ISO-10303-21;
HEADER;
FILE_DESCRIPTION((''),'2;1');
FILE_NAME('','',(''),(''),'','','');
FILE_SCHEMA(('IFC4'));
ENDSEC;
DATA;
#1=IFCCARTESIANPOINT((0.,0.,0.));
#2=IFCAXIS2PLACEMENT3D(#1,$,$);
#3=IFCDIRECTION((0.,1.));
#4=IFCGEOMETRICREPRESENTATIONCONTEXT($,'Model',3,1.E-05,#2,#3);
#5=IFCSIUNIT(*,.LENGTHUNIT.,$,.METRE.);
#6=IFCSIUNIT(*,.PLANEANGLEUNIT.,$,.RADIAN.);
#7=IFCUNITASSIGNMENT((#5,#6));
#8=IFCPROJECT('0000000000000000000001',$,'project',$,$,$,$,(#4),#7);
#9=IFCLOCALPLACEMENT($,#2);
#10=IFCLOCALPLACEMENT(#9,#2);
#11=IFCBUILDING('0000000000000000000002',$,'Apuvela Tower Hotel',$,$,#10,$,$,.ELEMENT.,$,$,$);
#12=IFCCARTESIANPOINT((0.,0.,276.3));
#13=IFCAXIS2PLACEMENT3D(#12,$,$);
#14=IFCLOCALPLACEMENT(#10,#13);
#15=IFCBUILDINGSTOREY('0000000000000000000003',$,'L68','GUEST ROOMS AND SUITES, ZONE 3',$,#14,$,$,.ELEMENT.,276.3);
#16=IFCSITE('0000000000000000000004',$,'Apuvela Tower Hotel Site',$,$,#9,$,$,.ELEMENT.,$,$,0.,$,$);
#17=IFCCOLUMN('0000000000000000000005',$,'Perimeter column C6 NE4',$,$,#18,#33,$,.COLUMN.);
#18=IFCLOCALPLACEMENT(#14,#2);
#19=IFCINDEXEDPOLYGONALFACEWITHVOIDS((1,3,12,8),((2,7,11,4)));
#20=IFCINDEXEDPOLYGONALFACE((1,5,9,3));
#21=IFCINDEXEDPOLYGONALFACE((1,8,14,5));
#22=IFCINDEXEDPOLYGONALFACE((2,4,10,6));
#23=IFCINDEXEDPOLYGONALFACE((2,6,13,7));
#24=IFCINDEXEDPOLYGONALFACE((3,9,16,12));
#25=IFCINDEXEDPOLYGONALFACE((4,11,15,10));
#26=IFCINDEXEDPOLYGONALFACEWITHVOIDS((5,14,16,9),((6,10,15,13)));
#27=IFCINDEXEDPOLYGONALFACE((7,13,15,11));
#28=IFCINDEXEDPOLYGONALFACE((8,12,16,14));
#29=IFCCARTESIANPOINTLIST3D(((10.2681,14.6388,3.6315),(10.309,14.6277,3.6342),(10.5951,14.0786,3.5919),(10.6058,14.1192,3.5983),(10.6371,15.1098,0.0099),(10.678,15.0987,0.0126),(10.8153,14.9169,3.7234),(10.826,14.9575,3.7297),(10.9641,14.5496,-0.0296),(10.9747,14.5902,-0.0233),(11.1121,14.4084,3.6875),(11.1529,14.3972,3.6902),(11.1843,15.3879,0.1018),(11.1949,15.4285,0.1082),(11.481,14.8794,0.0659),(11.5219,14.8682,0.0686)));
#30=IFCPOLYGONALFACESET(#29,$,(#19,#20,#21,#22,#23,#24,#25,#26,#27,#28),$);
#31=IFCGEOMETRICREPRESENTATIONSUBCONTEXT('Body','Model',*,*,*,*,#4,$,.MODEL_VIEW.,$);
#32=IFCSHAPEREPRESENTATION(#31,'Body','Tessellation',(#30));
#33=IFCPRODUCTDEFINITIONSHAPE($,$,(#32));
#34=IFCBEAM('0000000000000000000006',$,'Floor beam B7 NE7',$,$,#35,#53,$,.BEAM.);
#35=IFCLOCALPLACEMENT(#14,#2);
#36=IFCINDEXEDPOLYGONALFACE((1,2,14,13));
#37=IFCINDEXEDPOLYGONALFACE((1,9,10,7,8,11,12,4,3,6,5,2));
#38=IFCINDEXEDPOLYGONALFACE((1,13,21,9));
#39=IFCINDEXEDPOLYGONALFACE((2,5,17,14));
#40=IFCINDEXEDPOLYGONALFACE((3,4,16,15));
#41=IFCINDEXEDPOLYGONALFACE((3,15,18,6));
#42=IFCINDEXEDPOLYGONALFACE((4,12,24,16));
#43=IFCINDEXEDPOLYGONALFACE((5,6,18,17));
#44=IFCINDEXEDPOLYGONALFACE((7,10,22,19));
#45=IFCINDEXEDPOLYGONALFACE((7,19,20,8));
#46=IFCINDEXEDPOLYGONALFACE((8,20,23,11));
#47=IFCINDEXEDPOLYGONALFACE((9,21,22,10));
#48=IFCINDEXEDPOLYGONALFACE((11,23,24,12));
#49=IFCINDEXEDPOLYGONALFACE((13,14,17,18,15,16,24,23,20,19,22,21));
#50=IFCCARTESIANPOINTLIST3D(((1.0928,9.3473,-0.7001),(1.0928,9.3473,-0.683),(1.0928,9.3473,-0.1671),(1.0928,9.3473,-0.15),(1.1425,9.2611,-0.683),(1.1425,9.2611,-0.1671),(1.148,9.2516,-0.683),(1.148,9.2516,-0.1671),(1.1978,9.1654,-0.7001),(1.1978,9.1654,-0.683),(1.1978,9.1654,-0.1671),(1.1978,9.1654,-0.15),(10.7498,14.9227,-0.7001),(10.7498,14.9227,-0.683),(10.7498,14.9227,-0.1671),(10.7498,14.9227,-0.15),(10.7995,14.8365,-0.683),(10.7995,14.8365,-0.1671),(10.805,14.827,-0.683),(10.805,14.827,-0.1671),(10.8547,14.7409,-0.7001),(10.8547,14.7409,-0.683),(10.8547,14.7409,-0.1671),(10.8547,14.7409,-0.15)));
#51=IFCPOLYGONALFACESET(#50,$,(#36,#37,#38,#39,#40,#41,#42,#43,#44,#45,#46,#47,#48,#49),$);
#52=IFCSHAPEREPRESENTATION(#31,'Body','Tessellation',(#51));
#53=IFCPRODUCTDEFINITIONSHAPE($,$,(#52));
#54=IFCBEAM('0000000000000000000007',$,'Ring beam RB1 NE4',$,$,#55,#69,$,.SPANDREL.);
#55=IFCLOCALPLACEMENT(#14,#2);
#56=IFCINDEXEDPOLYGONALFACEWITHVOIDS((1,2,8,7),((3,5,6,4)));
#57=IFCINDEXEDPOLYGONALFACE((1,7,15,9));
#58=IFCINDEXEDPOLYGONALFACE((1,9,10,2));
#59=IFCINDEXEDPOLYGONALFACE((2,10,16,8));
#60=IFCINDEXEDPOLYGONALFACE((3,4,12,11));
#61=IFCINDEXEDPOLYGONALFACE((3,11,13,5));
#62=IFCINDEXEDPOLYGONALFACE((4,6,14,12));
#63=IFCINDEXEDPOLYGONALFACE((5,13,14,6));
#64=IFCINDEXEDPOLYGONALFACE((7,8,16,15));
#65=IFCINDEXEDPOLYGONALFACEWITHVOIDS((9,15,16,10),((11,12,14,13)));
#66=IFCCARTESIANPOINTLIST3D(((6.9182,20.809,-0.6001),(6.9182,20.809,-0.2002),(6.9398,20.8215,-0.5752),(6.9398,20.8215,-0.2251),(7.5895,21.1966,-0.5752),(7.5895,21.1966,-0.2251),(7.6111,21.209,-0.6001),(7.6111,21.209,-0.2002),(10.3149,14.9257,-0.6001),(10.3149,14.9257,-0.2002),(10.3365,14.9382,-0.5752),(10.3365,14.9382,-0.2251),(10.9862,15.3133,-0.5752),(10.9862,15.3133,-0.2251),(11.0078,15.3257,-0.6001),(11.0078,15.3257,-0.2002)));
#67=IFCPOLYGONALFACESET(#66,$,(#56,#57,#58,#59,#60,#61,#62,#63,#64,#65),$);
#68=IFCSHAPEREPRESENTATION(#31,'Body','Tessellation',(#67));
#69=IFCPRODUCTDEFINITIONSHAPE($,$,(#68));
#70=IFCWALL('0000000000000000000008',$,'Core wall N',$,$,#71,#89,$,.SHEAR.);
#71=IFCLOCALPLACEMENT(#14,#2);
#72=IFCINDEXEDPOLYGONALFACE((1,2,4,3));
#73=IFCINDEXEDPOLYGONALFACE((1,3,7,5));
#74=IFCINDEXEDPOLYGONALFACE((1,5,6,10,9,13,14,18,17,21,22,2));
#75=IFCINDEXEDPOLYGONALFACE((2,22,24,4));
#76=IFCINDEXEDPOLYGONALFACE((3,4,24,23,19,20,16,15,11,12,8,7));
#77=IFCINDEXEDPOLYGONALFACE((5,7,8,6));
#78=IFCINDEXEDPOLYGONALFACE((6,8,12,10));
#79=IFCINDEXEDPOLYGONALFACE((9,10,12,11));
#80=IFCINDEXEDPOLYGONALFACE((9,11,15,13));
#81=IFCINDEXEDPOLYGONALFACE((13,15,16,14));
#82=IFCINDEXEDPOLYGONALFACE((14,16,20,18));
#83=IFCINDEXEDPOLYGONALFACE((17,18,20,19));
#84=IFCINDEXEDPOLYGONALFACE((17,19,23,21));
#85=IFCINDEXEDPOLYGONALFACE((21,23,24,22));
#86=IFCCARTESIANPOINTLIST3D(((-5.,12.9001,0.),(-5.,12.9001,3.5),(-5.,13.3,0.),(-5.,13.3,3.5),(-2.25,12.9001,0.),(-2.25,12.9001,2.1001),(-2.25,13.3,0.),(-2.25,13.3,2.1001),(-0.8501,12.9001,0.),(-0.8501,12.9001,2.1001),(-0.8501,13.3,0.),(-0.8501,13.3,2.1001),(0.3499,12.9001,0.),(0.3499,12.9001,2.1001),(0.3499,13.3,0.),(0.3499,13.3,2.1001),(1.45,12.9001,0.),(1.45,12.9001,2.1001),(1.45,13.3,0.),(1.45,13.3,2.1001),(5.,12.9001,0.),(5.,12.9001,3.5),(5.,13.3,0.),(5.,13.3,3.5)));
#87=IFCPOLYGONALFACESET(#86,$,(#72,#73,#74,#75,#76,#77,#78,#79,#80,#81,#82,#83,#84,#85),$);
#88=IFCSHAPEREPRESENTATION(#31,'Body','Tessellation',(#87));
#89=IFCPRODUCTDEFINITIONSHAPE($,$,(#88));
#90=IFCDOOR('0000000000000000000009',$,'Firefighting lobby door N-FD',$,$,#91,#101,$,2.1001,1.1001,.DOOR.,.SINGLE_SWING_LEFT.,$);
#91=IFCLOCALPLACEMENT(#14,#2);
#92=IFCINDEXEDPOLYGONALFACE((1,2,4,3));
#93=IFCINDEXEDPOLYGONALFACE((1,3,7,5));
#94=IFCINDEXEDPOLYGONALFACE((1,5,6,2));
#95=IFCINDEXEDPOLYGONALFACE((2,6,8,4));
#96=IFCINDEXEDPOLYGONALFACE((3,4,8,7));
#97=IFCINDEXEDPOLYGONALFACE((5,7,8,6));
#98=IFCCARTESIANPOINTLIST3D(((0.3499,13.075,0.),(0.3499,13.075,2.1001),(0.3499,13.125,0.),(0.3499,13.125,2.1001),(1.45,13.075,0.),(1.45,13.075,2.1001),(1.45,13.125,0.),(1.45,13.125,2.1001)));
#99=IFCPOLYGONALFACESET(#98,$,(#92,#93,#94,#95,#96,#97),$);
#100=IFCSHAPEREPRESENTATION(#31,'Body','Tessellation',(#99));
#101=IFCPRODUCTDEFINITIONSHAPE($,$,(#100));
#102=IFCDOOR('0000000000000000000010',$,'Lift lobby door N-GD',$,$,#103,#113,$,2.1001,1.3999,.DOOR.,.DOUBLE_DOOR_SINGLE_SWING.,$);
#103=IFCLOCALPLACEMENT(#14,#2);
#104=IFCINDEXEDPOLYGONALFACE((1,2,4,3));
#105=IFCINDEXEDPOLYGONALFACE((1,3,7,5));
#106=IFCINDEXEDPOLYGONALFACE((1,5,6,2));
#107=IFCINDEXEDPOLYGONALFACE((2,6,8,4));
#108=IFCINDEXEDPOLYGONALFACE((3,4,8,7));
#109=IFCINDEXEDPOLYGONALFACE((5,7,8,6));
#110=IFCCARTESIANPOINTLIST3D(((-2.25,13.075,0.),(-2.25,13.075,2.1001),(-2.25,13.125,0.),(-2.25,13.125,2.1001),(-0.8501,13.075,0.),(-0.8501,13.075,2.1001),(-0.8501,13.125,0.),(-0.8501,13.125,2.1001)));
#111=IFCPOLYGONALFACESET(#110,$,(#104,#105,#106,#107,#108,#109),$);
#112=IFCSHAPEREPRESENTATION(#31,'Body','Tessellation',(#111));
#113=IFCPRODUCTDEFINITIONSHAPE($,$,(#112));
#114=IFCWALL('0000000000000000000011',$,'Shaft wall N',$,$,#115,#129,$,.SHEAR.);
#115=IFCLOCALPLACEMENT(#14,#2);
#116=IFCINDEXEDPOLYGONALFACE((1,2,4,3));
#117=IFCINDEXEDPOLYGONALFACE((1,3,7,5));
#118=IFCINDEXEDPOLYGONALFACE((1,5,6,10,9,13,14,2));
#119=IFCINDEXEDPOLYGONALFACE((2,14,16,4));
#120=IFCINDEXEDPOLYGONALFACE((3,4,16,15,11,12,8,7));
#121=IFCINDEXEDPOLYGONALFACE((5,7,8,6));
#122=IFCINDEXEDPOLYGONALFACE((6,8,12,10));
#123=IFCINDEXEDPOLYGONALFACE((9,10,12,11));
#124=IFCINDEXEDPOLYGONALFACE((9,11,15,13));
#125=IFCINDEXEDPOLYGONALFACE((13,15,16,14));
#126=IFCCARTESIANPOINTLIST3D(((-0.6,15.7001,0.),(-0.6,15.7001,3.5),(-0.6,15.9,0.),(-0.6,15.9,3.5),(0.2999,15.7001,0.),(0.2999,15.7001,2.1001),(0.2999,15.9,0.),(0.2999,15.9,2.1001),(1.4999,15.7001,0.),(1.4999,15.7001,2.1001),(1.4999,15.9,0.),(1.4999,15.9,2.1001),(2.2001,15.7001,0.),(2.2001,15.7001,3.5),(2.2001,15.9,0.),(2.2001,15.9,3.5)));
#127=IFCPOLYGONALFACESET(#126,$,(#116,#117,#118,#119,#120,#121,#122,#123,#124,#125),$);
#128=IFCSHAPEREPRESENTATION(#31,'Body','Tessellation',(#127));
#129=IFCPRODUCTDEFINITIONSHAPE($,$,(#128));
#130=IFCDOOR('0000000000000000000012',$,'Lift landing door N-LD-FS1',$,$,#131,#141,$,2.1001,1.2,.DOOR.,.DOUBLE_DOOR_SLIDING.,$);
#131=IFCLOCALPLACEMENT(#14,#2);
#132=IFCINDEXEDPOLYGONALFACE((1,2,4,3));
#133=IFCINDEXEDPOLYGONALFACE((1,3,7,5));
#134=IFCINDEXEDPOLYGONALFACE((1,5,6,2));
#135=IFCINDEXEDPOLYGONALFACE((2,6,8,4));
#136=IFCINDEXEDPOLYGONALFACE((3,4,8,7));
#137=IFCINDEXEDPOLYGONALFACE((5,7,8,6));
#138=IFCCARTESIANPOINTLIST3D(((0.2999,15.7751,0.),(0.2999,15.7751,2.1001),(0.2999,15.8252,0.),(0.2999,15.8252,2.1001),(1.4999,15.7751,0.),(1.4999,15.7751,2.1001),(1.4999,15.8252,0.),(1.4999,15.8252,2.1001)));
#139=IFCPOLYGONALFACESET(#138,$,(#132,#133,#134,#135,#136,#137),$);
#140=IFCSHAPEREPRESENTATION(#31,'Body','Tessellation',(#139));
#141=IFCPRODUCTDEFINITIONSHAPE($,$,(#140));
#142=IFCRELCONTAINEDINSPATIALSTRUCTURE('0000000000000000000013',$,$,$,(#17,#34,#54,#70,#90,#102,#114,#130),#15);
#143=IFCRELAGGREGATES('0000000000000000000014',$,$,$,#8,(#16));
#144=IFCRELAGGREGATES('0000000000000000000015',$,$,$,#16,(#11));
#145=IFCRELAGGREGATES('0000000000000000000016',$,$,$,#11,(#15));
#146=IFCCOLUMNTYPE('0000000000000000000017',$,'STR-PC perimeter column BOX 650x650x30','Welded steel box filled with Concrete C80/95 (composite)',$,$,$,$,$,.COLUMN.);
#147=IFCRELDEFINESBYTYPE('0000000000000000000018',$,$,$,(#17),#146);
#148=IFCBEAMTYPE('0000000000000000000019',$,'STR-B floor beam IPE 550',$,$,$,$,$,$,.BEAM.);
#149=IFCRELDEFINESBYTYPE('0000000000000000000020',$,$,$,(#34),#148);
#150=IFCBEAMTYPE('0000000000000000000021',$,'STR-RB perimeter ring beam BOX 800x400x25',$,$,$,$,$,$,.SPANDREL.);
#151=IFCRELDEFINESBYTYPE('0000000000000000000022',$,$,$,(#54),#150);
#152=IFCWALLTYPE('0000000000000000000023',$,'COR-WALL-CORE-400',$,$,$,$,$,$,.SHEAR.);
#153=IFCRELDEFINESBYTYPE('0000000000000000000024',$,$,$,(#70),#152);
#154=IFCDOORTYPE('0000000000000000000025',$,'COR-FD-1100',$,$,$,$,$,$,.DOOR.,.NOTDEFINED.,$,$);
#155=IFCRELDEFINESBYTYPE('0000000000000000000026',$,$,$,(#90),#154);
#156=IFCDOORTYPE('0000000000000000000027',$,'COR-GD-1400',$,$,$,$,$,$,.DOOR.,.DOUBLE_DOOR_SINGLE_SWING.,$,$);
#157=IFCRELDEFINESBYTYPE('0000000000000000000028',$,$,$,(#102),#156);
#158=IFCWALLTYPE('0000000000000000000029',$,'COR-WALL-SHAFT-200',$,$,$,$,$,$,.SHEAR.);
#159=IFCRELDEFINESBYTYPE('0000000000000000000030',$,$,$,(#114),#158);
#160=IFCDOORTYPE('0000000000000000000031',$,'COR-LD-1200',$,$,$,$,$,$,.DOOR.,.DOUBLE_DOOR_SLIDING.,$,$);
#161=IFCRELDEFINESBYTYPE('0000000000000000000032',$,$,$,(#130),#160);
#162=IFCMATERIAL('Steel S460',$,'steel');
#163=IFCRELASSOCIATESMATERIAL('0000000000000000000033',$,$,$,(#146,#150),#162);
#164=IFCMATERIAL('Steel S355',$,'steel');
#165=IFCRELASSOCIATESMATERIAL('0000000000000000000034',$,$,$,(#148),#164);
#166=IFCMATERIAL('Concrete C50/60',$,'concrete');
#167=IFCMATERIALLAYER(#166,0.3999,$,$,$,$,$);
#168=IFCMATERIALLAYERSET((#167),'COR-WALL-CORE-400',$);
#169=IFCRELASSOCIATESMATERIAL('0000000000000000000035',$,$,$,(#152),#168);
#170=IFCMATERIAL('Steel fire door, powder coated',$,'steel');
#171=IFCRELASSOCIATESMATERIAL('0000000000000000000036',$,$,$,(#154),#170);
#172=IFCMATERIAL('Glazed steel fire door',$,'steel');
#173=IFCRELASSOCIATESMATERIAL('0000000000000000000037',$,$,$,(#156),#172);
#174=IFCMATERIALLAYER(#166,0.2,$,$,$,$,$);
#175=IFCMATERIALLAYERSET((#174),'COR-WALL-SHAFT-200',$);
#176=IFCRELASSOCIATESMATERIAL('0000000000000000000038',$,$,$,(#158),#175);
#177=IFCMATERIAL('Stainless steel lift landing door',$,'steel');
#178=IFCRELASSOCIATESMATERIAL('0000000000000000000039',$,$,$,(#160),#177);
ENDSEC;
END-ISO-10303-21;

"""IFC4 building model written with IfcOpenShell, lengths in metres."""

from ifc_helpers import new_model, si_unit, direction, frame, frame_2d, origin, origin_2d, place, context, subcontext, project, spatial, rectangle, hollow_rectangle, i_section, extrude, boolean, halfspace, material, layer, layer_set, material_profile, profile_set, type_object, element, fill, save


model = new_model("IFC4")

# Units and contexts
model_context = context("Model", 3, precision=1e-05, world=origin(), true_north=direction((0.0, 1.0)))
body_context = subcontext(model_context, "Body", "Model", "MODEL_VIEW")
ifc_project = project(units=[si_unit("LENGTHUNIT", "METRE"), si_unit("PLANEANGLEUNIT", "RADIAN")], contexts=[model_context])

# Site, building, storey
site_placement = place(None, origin())
site = spatial("IfcSite", under=ifc_project, at=site_placement, Name="Apuvela Tower Hotel Site", CompositionType="ELEMENT", RefElevation=0.0)
building_placement = place(site_placement, origin())
building = spatial("IfcBuilding", under=site, at=building_placement, Name="Apuvela Tower Hotel", CompositionType="ELEMENT")
storey_placement = place(building_placement, frame((0.0, 0.0, 276.3)))
storey = spatial("IfcBuildingStorey", under=building, at=storey_placement, Name="L68", Description="GUEST ROOMS AND SUITES, ZONE 3", CompositionType="ELEMENT", Elevation=276.3)

# Column
ifc_material_1 = material(Name="Steel S460", Category="steel")
ifc_material_profile_1 = material_profile(ifc_material_1, hollow_rectangle(XDim=0.6499, YDim=0.6499, WallThickness=0.03, at=origin_2d()), Name="BOX 650x650x30")
ifc_material_2 = material(Name="Concrete C80/95", Category="concrete")
ifc_material_profile_2 = material_profile(ifc_material_2, rectangle(XDim=0.5901, YDim=0.5901, at=origin_2d()), Name="Concrete C80/95 infill")
ifc_profile_set_1 = profile_set([ifc_material_profile_1, ifc_material_profile_2], Name="Steel S460")
column_type = type_object("IfcColumnType", Name="STR-PC perimeter column BOX 650x650x30", Description="Welded steel box filled with Concrete C80/95 (composite)", PredefinedType="COLUMN", material=ifc_profile_set_1)
column_placement = place(storey_placement, frame((11.0835, 14.9941, 0.0), z_axis=(-0.100518, -0.128317, 0.986626), x_axis=(-0.503129, 0.862066, 0.060858)))
element("IfcColumn", 1, at=column_placement, inside=storey, type_object=column_type, Name="Perimeter column C6 NE4", PredefinedType="COLUMN", context=body_context, shape_type="SweptSolid", body=[
    boolean("DIFFERENCE", boolean("DIFFERENCE", extrude(hollow_rectangle(XDim=0.6499, YDim=0.6499, WallThickness=0.03, at=origin_2d()), origin(), (0.0, 0.0, 1.0), 3.75), halfspace(frame((0.0, 0.0, 0.0398), z_axis=(0.0, 0.0, 1.0), x_axis=(1.0, 0.0, 0.0)), True)), halfspace(frame((0.0, 0.0, 3.7104), z_axis=(0.0, 0.0, 1.0), x_axis=(1.0, 0.0, 0.0)), False)),
])

# Beams
ifc_material_3 = material(Name="Steel S355", Category="steel")
ifc_material_profile_3 = material_profile(ifc_material_3, i_section(OverallWidth=0.21, OverallDepth=0.55, WebThickness=0.011, FlangeThickness=0.0171, at=origin_2d()), Name="IPE 550")
ifc_profile_set_2 = profile_set([ifc_material_profile_3], Name="Steel S355")
beam_type_1 = type_object("IfcBeamType", Name="STR-B floor beam IPE 550", PredefinedType="BEAM", material=ifc_profile_set_2)
beam_1_placement = place(storey_placement, frame((10.8022, 14.8318, -0.425), z_axis=(-0.866026, -0.499999, 0.0), x_axis=(0.499999, -0.866026, 0.0)))
element("IfcBeam", 2, at=beam_1_placement, inside=storey, type_object=beam_type_1, Name="Floor beam B7 NE7", PredefinedType="BEAM", context=body_context, shape_type="SweptSolid", body=[
    extrude(i_section(OverallWidth=0.21, OverallDepth=0.55, WebThickness=0.011, FlangeThickness=0.0171, at=origin_2d()), origin(), (0.0, 0.0, 1.0), 11.1509),
])
ifc_material_profile_4 = material_profile(ifc_material_1, hollow_rectangle(XDim=0.8, YDim=0.3999, WallThickness=0.0249, at=origin_2d()), Name="BOX 800x400x25")
ifc_profile_set_3 = profile_set([ifc_material_profile_4], Name="Steel S460")
beam_type_2 = type_object("IfcBeamType", Name="STR-RB perimeter ring beam BOX 800x400x25", PredefinedType="SPANDREL", material=ifc_profile_set_3)
beam_2_placement = place(storey_placement, frame((10.6614, 15.1257, -0.4001), z_axis=(-0.5, 0.866025, 0.0), x_axis=(-0.866025, -0.5, 0.0)))
element("IfcBeam", 3, at=beam_2_placement, inside=storey, type_object=beam_type_2, Name="Ring beam RB1 NE4", PredefinedType="SPANDREL", context=body_context, shape_type="SweptSolid", body=[
    extrude(hollow_rectangle(XDim=0.8, YDim=0.3999, WallThickness=0.0249, at=origin_2d()), origin(), (0.0, 0.0, 1.0), 6.7935),
])

# Wall, openings, doors
ifc_material_4 = material(Name="Concrete C50/60", Category="concrete")
ifc_layer_1 = layer(ifc_material_4, 0.3999)
ifc_layer_set_1 = layer_set([ifc_layer_1], Name="COR-WALL-CORE-400")
wall_type_1 = type_object("IfcWallType", Name="COR-WALL-CORE-400", PredefinedType="SHEAR", material=ifc_layer_set_1)
wall_1_placement = place(storey_placement, frame((5.0, 13.1001, 0.0), z_axis=(0.0, 0.0, 1.0), x_axis=(-1.0, 0.0, 0.0)))
wall_1 = element("IfcWall", 4, at=wall_1_placement, inside=storey, type_object=wall_type_1, Name="Core wall N", PredefinedType="SHEAR", context=body_context, shape_type="SweptSolid", body=[
    extrude(rectangle(XDim=10.0, YDim=0.3999, at=frame_2d((5.0, 0.0))), origin(), (0.0, 0.0, 1.0), 3.5),
])
opening_1_placement = place(wall_1_placement, frame((3.55, 0.0, 0.0)))
opening_1 = element("IfcOpeningElement", 5, at=opening_1_placement, cuts=wall_1, PredefinedType="OPENING", context=body_context, shape_type="SweptSolid", body=[
    extrude(rectangle(XDim=1.1001, YDim=2.1001, at=frame_2d((0.55, 1.05))), frame((0.0, 0.21, 0.0), z_axis=(0.0, -1.0, 0.0), x_axis=(1.0, 0.0, 0.0)), (0.0, 0.0, 1.0), 0.4199),
])
opening_2_placement = place(wall_1_placement, frame((5.8501, 0.0, 0.0)))
opening_2 = element("IfcOpeningElement", 6, at=opening_2_placement, cuts=wall_1, PredefinedType="OPENING", context=body_context, shape_type="SweptSolid", body=[
    extrude(rectangle(XDim=1.3999, YDim=2.1001, at=frame_2d((0.7, 1.05))), frame((0.0, 0.21, 0.0), z_axis=(0.0, -1.0, 0.0), x_axis=(1.0, 0.0, 0.0)), (0.0, 0.0, 1.0), 0.4199),
])
ifc_material_5 = material(Name="Steel fire door, powder coated", Category="steel")
door_type_1 = type_object("IfcDoorType", Name="COR-FD-1100", OperationType="NOTDEFINED", PredefinedType="DOOR", material=ifc_material_5)
door_1_placement = place(opening_1_placement, frame((1.1001, 0.0, 0.0), z_axis=(0.0, 0.0, 1.0), x_axis=(-1.0, 0.0, 0.0)))
door_1 = element("IfcDoor", 7, at=door_1_placement, inside=storey, type_object=door_type_1, Name="Firefighting lobby door N-FD", OperationType="SINGLE_SWING_LEFT", OverallHeight=2.1001, OverallWidth=1.1001, PredefinedType="DOOR", context=body_context, shape_type="SweptSolid", body=[
    extrude(rectangle(XDim=1.1001, YDim=2.1001, at=frame_2d((0.55, 1.05))), frame((0.0, 0.0249, 0.0), z_axis=(0.0, -1.0, 0.0), x_axis=(1.0, 0.0, 0.0)), (0.0, 0.0, 1.0), 0.05),
])
fill(opening_1, door_1)
ifc_material_6 = material(Name="Glazed steel fire door", Category="steel")
door_type_2 = type_object("IfcDoorType", Name="COR-GD-1400", OperationType="DOUBLE_DOOR_SINGLE_SWING", PredefinedType="DOOR", material=ifc_material_6)
door_2_placement = place(opening_2_placement, frame((1.3999, 0.0, 0.0), z_axis=(0.0, 0.0, 1.0), x_axis=(-1.0, 0.0, 0.0)))
door_2 = element("IfcDoor", 8, at=door_2_placement, inside=storey, type_object=door_type_2, Name="Lift lobby door N-GD", OperationType="DOUBLE_DOOR_SINGLE_SWING", OverallHeight=2.1001, OverallWidth=1.3999, PredefinedType="DOOR", context=body_context, shape_type="SweptSolid", body=[
    extrude(rectangle(XDim=1.3999, YDim=2.1001, at=frame_2d((0.7, 1.05))), frame((0.0, 0.0249, 0.0), z_axis=(0.0, -1.0, 0.0), x_axis=(1.0, 0.0, 0.0)), (0.0, 0.0, 1.0), 0.05),
])
fill(opening_2, door_2)

# Wall, opening, door
ifc_layer_2 = layer(ifc_material_4, 0.2)
ifc_layer_set_2 = layer_set([ifc_layer_2], Name="COR-WALL-SHAFT-200")
wall_type_2 = type_object("IfcWallType", Name="COR-WALL-SHAFT-200", PredefinedType="SHEAR", material=ifc_layer_set_2)
wall_2_placement = place(storey_placement, frame((2.2, 15.8, 0.0), z_axis=(0.0, 0.0, 1.0), x_axis=(-1.0, 0.0, 0.0)))
wall_2 = element("IfcWall", 9, at=wall_2_placement, inside=storey, type_object=wall_type_2, Name="Shaft wall N", PredefinedType="SHEAR", context=body_context, shape_type="SweptSolid", body=[
    extrude(rectangle(XDim=2.8, YDim=0.2, at=frame_2d((1.3999, 0.0))), origin(), (0.0, 0.0, 1.0), 3.5),
])
opening_3_placement = place(wall_2_placement, frame((0.7, 0.0, 0.0)))
opening_3 = element("IfcOpeningElement", 10, at=opening_3_placement, cuts=wall_2, PredefinedType="OPENING", context=body_context, shape_type="SweptSolid", body=[
    extrude(rectangle(XDim=1.2, YDim=2.1001, at=frame_2d((0.6001, 1.05))), frame((0.0, 0.1099, 0.0), z_axis=(0.0, -1.0, 0.0), x_axis=(1.0, 0.0, 0.0)), (0.0, 0.0, 1.0), 0.22),
])
ifc_material_7 = material(Name="Stainless steel lift landing door", Category="steel")
door_type_3 = type_object("IfcDoorType", Name="COR-LD-1200", OperationType="DOUBLE_DOOR_SLIDING", PredefinedType="DOOR", material=ifc_material_7)
door_3_placement = place(opening_3_placement, origin())
door_3 = element("IfcDoor", 11, at=door_3_placement, inside=storey, type_object=door_type_3, Name="Lift landing door N-LD-FS1", OperationType="DOUBLE_DOOR_SLIDING", OverallHeight=2.1001, OverallWidth=1.2, PredefinedType="DOOR", context=body_context, shape_type="SweptSolid", body=[
    extrude(rectangle(XDim=1.2, YDim=2.1001, at=frame_2d((0.6001, 1.05))), frame((0.0, 0.0249, 0.0), z_axis=(0.0, -1.0, 0.0), x_axis=(1.0, 0.0, 0.0)), (0.0, 0.0, 1.0), 0.05),
])
fill(opening_3, door_3)

save(model, "model.ifc")
